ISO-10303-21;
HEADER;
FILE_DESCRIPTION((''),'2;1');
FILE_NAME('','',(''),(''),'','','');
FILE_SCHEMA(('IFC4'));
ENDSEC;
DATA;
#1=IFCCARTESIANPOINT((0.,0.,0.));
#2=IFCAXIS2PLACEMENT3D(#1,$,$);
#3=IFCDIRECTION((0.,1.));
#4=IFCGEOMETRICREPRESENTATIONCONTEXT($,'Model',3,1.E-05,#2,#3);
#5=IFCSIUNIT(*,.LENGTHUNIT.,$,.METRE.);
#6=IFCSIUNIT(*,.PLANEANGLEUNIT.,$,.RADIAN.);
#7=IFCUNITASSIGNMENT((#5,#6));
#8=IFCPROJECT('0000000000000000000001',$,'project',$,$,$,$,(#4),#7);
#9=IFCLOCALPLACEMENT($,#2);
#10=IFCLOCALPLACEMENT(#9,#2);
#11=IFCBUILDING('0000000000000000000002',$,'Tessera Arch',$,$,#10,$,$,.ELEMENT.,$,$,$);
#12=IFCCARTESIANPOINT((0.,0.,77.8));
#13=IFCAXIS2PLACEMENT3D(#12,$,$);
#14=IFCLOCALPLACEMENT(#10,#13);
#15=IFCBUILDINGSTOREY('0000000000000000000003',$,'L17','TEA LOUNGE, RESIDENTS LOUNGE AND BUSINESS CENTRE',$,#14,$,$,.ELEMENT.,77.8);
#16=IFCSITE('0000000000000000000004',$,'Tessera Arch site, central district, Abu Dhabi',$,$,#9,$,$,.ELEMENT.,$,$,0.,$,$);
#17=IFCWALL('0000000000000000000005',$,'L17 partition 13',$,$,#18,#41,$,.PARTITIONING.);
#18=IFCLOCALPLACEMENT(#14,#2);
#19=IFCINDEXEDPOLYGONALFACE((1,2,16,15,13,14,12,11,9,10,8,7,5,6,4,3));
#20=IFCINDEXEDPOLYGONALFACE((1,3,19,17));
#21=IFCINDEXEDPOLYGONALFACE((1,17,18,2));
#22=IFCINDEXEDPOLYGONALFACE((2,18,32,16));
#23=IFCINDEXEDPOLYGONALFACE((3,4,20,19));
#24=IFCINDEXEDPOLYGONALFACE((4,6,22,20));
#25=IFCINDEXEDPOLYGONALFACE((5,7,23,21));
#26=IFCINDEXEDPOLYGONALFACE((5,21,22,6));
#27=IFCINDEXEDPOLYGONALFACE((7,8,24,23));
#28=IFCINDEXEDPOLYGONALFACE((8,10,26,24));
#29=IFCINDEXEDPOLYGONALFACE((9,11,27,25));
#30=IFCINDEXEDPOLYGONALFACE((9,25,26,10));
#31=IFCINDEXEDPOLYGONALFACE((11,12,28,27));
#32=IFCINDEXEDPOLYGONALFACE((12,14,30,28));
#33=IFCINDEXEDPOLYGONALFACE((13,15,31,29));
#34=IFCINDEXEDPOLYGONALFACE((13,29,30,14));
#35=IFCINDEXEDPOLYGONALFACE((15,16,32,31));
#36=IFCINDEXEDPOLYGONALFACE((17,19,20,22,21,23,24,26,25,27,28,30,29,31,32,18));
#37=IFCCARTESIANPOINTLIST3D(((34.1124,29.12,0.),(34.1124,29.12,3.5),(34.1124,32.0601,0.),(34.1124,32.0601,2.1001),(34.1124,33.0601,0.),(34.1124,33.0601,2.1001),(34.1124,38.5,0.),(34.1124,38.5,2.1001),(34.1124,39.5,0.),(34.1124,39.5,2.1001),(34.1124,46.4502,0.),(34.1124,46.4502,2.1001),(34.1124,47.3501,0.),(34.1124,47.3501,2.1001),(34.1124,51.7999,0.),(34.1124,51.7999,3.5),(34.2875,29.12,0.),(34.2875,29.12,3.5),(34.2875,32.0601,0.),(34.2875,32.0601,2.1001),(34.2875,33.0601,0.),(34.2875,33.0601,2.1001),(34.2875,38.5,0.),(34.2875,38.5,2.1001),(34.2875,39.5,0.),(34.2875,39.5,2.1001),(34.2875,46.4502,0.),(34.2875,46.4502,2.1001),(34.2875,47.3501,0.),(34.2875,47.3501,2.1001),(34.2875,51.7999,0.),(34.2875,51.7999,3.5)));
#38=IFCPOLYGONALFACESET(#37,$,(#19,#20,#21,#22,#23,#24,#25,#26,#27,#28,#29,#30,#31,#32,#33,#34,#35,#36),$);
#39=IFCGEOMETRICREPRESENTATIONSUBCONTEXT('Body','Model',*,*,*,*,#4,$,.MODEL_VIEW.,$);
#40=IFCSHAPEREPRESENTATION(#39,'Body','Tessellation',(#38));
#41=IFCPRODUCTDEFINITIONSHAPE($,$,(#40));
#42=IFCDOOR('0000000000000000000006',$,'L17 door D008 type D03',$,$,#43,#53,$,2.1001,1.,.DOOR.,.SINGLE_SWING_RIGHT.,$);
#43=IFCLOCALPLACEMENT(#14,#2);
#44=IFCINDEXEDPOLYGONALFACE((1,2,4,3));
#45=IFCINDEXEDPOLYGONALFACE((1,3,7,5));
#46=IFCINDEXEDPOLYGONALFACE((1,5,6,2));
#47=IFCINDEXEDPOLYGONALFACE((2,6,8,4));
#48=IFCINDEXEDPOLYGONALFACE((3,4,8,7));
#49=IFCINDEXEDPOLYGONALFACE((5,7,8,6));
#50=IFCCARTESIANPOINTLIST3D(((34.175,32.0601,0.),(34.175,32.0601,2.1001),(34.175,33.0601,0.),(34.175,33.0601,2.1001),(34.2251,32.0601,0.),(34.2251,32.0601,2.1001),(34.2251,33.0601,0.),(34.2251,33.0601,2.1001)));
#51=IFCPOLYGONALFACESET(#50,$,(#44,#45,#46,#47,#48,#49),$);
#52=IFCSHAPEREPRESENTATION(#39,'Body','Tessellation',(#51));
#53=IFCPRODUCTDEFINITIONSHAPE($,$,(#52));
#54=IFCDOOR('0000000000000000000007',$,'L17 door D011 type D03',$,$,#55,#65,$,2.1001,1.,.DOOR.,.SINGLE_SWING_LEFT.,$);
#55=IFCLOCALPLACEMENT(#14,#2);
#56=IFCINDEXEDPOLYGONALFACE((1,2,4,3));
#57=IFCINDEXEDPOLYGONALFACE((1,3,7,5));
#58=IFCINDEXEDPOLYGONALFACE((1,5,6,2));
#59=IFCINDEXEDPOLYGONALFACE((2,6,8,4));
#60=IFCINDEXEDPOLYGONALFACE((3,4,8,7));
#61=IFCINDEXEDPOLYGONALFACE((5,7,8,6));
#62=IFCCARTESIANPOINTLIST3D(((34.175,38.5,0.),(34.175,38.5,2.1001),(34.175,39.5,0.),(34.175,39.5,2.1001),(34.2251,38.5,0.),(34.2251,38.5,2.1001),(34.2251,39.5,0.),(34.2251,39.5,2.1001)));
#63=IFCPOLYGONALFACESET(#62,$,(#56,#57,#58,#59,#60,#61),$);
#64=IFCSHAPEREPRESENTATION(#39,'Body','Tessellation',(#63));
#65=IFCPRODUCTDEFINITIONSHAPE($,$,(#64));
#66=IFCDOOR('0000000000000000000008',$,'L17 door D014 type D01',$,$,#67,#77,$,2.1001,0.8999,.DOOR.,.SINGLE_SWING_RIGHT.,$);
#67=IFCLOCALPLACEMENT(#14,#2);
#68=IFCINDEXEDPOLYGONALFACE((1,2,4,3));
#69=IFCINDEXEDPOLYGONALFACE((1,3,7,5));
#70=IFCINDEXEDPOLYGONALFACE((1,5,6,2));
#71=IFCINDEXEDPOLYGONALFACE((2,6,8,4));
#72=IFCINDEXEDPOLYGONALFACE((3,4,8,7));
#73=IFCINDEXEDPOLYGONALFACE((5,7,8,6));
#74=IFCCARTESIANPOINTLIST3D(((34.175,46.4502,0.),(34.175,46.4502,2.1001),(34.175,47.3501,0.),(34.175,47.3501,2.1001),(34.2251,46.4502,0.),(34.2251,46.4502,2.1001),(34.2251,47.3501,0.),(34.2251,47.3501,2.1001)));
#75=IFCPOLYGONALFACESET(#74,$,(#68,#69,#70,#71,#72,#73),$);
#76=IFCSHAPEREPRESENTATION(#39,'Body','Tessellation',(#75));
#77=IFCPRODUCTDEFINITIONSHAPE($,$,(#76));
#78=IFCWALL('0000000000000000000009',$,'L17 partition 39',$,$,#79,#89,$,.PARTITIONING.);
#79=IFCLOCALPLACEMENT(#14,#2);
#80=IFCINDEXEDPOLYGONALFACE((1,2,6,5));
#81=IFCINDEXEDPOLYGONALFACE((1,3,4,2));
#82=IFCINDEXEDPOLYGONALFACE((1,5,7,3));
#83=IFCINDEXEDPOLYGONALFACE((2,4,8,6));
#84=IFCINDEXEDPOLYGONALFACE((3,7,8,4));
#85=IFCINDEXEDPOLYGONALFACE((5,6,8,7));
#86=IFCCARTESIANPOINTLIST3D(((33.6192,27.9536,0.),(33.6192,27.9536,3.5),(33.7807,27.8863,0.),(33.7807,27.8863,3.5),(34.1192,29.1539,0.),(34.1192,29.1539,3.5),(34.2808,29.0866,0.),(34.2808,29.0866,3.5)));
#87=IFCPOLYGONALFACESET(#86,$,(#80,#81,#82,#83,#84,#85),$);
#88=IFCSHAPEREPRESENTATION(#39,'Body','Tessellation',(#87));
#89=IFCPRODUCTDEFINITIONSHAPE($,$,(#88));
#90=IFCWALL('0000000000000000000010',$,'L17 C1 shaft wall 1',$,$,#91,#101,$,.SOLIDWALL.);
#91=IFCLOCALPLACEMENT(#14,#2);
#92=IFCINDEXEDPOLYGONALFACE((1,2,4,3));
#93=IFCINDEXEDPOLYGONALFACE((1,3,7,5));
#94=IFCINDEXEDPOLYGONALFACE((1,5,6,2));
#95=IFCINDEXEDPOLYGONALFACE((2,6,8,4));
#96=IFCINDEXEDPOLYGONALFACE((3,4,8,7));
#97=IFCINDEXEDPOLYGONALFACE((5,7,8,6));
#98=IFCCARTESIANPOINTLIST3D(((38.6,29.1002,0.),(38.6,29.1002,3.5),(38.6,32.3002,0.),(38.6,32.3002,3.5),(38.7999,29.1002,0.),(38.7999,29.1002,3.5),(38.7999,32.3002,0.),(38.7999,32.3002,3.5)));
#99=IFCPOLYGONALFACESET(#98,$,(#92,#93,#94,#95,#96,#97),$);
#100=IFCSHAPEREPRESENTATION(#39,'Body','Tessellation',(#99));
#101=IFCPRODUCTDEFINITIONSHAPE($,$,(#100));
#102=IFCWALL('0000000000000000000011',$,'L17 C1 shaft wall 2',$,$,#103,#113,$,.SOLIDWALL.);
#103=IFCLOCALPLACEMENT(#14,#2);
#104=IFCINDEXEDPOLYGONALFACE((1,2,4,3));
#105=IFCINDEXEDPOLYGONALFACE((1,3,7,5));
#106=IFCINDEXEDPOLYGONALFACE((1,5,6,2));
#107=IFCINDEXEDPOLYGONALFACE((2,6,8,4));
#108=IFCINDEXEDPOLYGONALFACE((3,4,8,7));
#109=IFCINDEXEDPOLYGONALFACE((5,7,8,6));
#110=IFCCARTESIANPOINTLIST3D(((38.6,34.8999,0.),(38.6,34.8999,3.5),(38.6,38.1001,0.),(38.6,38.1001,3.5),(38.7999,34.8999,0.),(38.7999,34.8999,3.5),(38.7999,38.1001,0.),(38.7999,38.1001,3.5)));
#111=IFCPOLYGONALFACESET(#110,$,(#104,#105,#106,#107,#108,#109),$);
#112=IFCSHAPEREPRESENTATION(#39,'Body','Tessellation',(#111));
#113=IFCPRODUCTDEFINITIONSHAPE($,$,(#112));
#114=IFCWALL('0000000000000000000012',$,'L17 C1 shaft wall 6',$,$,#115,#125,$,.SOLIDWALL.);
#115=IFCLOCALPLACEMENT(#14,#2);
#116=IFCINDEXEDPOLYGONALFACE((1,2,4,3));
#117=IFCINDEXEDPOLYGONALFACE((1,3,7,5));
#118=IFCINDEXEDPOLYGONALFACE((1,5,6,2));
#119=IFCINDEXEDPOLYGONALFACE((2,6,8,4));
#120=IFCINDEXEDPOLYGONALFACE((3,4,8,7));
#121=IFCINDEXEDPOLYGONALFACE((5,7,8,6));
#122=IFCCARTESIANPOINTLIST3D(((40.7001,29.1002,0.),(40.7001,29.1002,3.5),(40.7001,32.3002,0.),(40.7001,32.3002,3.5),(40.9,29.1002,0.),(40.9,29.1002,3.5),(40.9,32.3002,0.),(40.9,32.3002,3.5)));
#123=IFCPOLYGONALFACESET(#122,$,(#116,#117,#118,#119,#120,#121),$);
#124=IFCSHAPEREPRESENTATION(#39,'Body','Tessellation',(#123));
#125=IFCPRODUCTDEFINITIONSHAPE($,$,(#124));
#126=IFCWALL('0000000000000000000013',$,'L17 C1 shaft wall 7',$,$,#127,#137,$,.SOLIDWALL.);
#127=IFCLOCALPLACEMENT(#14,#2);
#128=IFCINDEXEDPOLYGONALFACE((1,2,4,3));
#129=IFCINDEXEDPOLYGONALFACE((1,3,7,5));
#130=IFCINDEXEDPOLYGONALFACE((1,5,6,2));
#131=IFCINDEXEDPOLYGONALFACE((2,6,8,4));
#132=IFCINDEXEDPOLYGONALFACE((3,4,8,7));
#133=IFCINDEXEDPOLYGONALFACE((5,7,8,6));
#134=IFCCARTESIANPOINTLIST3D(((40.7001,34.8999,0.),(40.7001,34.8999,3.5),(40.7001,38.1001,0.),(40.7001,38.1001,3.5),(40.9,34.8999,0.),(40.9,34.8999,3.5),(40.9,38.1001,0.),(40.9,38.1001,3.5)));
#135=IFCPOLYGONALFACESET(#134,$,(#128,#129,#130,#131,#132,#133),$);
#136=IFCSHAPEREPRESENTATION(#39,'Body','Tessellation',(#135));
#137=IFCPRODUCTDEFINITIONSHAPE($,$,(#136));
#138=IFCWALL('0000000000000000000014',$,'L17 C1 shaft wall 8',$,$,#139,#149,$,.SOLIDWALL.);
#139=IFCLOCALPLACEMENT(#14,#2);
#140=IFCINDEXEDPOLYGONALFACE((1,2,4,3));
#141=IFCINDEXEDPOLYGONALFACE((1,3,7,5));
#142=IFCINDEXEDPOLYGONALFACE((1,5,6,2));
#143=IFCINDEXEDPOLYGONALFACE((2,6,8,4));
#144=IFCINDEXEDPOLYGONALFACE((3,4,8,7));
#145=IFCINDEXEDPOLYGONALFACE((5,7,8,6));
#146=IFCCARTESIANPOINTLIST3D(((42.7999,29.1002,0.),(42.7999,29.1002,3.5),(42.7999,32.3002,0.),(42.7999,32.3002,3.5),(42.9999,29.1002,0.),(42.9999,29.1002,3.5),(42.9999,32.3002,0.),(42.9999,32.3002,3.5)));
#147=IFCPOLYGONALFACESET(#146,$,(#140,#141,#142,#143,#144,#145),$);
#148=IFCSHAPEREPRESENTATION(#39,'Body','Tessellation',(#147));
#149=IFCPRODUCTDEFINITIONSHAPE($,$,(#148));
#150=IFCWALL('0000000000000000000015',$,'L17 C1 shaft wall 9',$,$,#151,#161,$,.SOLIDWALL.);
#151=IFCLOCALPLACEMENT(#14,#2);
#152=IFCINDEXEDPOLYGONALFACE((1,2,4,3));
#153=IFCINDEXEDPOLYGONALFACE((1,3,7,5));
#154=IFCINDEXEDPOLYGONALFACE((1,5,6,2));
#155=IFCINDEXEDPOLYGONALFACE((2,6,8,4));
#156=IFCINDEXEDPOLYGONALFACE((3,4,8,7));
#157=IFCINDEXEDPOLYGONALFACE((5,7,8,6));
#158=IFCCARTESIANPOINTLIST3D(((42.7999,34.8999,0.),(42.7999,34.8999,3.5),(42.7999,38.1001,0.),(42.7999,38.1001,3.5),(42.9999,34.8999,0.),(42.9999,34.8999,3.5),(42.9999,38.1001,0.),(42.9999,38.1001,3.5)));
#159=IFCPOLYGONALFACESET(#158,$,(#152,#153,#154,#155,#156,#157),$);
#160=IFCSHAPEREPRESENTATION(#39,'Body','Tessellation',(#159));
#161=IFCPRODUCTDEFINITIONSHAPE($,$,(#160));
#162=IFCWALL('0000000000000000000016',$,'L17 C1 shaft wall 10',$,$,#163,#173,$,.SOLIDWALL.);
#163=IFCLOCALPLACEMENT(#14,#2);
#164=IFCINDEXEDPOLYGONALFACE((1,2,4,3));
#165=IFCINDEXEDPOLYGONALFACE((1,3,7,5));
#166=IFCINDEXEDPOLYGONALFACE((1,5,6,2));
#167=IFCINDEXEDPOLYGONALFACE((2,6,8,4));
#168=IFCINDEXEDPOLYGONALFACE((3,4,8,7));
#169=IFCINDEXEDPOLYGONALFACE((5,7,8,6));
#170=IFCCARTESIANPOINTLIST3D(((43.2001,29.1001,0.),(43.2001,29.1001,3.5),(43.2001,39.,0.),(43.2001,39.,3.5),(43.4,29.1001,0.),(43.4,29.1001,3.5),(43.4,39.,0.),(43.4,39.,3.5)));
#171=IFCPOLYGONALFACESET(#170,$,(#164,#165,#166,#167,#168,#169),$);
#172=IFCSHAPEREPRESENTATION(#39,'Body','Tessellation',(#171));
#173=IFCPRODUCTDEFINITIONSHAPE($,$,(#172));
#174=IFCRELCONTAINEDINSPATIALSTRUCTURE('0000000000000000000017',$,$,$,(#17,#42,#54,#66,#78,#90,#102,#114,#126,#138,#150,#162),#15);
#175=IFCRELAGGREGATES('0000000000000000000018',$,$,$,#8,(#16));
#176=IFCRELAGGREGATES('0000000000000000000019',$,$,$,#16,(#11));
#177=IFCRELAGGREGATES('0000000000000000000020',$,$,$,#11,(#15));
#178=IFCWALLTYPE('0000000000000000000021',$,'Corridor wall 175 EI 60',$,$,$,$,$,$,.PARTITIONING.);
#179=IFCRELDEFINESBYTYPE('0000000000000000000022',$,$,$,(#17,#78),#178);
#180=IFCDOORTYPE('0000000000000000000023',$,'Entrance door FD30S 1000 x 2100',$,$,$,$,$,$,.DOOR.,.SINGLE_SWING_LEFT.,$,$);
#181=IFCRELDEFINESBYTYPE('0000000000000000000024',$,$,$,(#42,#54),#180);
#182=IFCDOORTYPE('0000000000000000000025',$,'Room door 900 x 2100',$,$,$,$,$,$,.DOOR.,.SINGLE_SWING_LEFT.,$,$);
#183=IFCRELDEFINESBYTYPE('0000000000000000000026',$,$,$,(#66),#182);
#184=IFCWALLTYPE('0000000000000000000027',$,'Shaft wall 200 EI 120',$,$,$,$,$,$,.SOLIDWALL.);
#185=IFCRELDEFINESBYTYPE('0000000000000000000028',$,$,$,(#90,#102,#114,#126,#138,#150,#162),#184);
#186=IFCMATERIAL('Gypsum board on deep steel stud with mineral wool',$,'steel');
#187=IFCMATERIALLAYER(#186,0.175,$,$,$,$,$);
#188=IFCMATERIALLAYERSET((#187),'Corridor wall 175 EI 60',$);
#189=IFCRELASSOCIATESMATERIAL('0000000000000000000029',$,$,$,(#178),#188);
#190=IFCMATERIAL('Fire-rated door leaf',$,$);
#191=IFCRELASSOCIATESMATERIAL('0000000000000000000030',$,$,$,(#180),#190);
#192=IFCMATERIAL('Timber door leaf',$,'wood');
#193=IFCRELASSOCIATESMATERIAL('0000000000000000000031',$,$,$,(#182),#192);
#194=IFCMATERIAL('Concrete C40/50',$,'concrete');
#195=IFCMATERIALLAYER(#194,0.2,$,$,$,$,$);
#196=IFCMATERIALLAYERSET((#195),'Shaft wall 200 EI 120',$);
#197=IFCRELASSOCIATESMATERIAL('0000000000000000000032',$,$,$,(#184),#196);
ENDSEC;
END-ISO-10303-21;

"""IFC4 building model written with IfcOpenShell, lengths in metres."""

from ifc_helpers import new_model, si_unit, direction, frame, frame_2d, origin, place, context, subcontext, project, spatial, rectangle, extrude, material, layer, layer_set, type_object, element, fill, save


model = new_model("IFC4")

# Units and contexts
model_context = context("Model", 3, precision=1e-05, world=origin(), true_north=direction((0.0, 1.0)))
body_context = subcontext(model_context, "Body", "Model", "MODEL_VIEW")
ifc_project = project(units=[si_unit("LENGTHUNIT", "METRE"), si_unit("PLANEANGLEUNIT", "RADIAN")], contexts=[model_context])

# Site, building, storey
site_placement = place(None, origin())
site = spatial("IfcSite", under=ifc_project, at=site_placement, Name="Tessera Arch site, central district, Abu Dhabi", CompositionType="ELEMENT", RefElevation=0.0)
building_placement = place(site_placement, origin())
building = spatial("IfcBuilding", under=site, at=building_placement, Name="Tessera Arch", CompositionType="ELEMENT")
storey_placement = place(building_placement, frame((0.0, 0.0, 77.8)))
storey = spatial("IfcBuildingStorey", under=building, at=storey_placement, Name="L17", Description="TEA LOUNGE, RESIDENTS LOUNGE AND BUSINESS CENTRE", CompositionType="ELEMENT", Elevation=77.8)

# Wall, openings, doors
ifc_material_1 = material(Name="Gypsum board on deep steel stud with mineral wool", Category="steel")
ifc_layer_1 = layer(ifc_material_1, 0.175)
ifc_layer_set_1 = layer_set([ifc_layer_1], Name="Corridor wall 175 EI 60")
wall_type_1 = type_object("IfcWallType", Name="Corridor wall 175 EI 60", PredefinedType="PARTITIONING", material=ifc_layer_set_1)
wall_1_placement = place(storey_placement, frame((34.2, 29.1201, 0.0), z_axis=(0.0, 0.0, 1.0), x_axis=(0.0, 1.0, 0.0)))
wall_1 = element("IfcWall", 1, at=wall_1_placement, inside=storey, type_object=wall_type_1, Name="L17 partition 13", PredefinedType="PARTITIONING", context=body_context, shape_type="SweptSolid", body=[
    extrude(rectangle(XDim=22.6799, YDim=0.175, at=frame_2d((11.3398, 0.0))), origin(), (0.0, 0.0, 1.0), 3.5),
])
opening_1_placement = place(wall_1_placement, frame((2.9399, 0.0, 0.0)))
opening_1 = element("IfcOpeningElement", 2, at=opening_1_placement, cuts=wall_1, PredefinedType="OPENING", context=body_context, shape_type="SweptSolid", body=[
    extrude(rectangle(XDim=1.0, YDim=2.1001, at=frame_2d((0.5, 1.05))), frame((0.0, 0.0974, 0.0), z_axis=(0.0, -1.0, 0.0), x_axis=(1.0, 0.0, 0.0)), (0.0, 0.0, 1.0), 0.1951),
])
opening_2_placement = place(wall_1_placement, frame((9.3799, 0.0, 0.0)))
opening_2 = element("IfcOpeningElement", 3, at=opening_2_placement, cuts=wall_1, PredefinedType="OPENING", context=body_context, shape_type="SweptSolid", body=[
    extrude(rectangle(XDim=1.0, YDim=2.1001, at=frame_2d((0.5, 1.05))), frame((0.0, 0.0974, 0.0), z_axis=(0.0, -1.0, 0.0), x_axis=(1.0, 0.0, 0.0)), (0.0, 0.0, 1.0), 0.1951),
])
opening_3_placement = place(wall_1_placement, frame((17.3301, 0.0, 0.0)))
opening_3 = element("IfcOpeningElement", 4, at=opening_3_placement, cuts=wall_1, PredefinedType="OPENING", context=body_context, shape_type="SweptSolid", body=[
    extrude(rectangle(XDim=0.8999, YDim=2.1001, at=frame_2d((0.45, 1.05))), frame((0.0, 0.0974, 0.0), z_axis=(0.0, -1.0, 0.0), x_axis=(1.0, 0.0, 0.0)), (0.0, 0.0, 1.0), 0.1951),
])
ifc_material_2 = material(Name="Fire-rated door leaf")
door_type_1 = type_object("IfcDoorType", Name="Entrance door FD30S 1000 x 2100", OperationType="SINGLE_SWING_LEFT", PredefinedType="DOOR", material=ifc_material_2)
door_1_placement = place(opening_1_placement, origin())
door_1 = element("IfcDoor", 5, at=door_1_placement, inside=storey, type_object=door_type_1, Name="L17 door D008 type D03", OperationType="SINGLE_SWING_RIGHT", OverallHeight=2.1001, OverallWidth=1.0, PredefinedType="DOOR", context=body_context, shape_type="SweptSolid", body=[
    extrude(rectangle(XDim=1.0, YDim=2.1001, at=frame_2d((0.5, 1.05))), frame((0.0, 0.0249, 0.0), z_axis=(0.0, -1.0, 0.0), x_axis=(1.0, 0.0, 0.0)), (0.0, 0.0, 1.0), 0.05),
])
fill(opening_1, door_1)
door_2_placement = place(opening_2_placement, origin())
door_2 = element("IfcDoor", 6, at=door_2_placement, inside=storey, type_object=door_type_1, Name="L17 door D011 type D03", OperationType="SINGLE_SWING_LEFT", OverallHeight=2.1001, OverallWidth=1.0, PredefinedType="DOOR", context=body_context, shape_type="SweptSolid", body=[
    extrude(rectangle(XDim=1.0, YDim=2.1001, at=frame_2d((0.5, 1.05))), frame((0.0, 0.0249, 0.0), z_axis=(0.0, -1.0, 0.0), x_axis=(1.0, 0.0, 0.0)), (0.0, 0.0, 1.0), 0.05),
])
fill(opening_2, door_2)
ifc_material_3 = material(Name="Timber door leaf", Category="wood")
door_type_2 = type_object("IfcDoorType", Name="Room door 900 x 2100", OperationType="SINGLE_SWING_LEFT", PredefinedType="DOOR", material=ifc_material_3)
door_3_placement = place(opening_3_placement, origin())
door_3 = element("IfcDoor", 7, at=door_3_placement, inside=storey, type_object=door_type_2, Name="L17 door D014 type D01", OperationType="SINGLE_SWING_RIGHT", OverallHeight=2.1001, OverallWidth=0.8999, PredefinedType="DOOR", context=body_context, shape_type="SweptSolid", body=[
    extrude(rectangle(XDim=0.8999, YDim=2.1001, at=frame_2d((0.45, 1.05))), frame((0.0, 0.0249, 0.0), z_axis=(0.0, -1.0, 0.0), x_axis=(1.0, 0.0, 0.0)), (0.0, 0.0, 1.0), 0.05),
])
fill(opening_3, door_3)

# Walls
wall_2_placement = place(storey_placement, frame((33.7, 27.9199, 0.0), z_axis=(0.0, 0.0, 1.0), x_axis=(0.384562, 0.923099, 0.0)))
element("IfcWall", 8, at=wall_2_placement, inside=storey, type_object=wall_type_1, Name="L17 partition 39", PredefinedType="PARTITIONING", context=body_context, shape_type="SweptSolid", body=[
    extrude(rectangle(XDim=1.3003, YDim=0.175, at=frame_2d((0.6501, 0.0))), origin(), (0.0, 0.0, 1.0), 3.5),
])
ifc_material_4 = material(Name="Concrete C40/50", Category="concrete")
ifc_layer_2 = layer(ifc_material_4, 0.2)
ifc_layer_set_2 = layer_set([ifc_layer_2], Name="Shaft wall 200 EI 120")
wall_type_2 = type_object("IfcWallType", Name="Shaft wall 200 EI 120", PredefinedType="SOLIDWALL", material=ifc_layer_set_2)
wall_3_placement = place(storey_placement, frame((38.7, 29.1001, 0.0), z_axis=(0.0, 0.0, 1.0), x_axis=(0.0, 1.0, 0.0)))
element("IfcWall", 9, at=wall_3_placement, inside=storey, type_object=wall_type_2, Name="L17 C1 shaft wall 1", PredefinedType="SOLIDWALL", context=body_context, shape_type="SweptSolid", body=[
    extrude(rectangle(XDim=3.2, YDim=0.2, at=frame_2d((1.6001, 0.0))), origin(), (0.0, 0.0, 1.0), 3.5),
])
wall_4_placement = place(storey_placement, frame((38.7, 34.8999, 0.0), z_axis=(0.0, 0.0, 1.0), x_axis=(0.0, 1.0, 0.0)))
element("IfcWall", 10, at=wall_4_placement, inside=storey, type_object=wall_type_2, Name="L17 C1 shaft wall 2", PredefinedType="SOLIDWALL", context=body_context, shape_type="SweptSolid", body=[
    extrude(rectangle(XDim=3.2002, YDim=0.2, at=frame_2d((1.6001, 0.0))), origin(), (0.0, 0.0, 1.0), 3.5),
])
wall_5_placement = place(storey_placement, frame((40.8, 29.1001, 0.0), z_axis=(0.0, 0.0, 1.0), x_axis=(0.0, 1.0, 0.0)))
element("IfcWall", 11, at=wall_5_placement, inside=storey, type_object=wall_type_2, Name="L17 C1 shaft wall 6", PredefinedType="SOLIDWALL", context=body_context, shape_type="SweptSolid", body=[
    extrude(rectangle(XDim=3.2, YDim=0.2, at=frame_2d((1.6001, 0.0))), origin(), (0.0, 0.0, 1.0), 3.5),
])
wall_6_placement = place(storey_placement, frame((40.8, 34.8999, 0.0), z_axis=(0.0, 0.0, 1.0), x_axis=(0.0, 1.0, 0.0)))
element("IfcWall", 12, at=wall_6_placement, inside=storey, type_object=wall_type_2, Name="L17 C1 shaft wall 7", PredefinedType="SOLIDWALL", context=body_context, shape_type="SweptSolid", body=[
    extrude(rectangle(XDim=3.2002, YDim=0.2, at=frame_2d((1.6001, 0.0))), origin(), (0.0, 0.0, 1.0), 3.5),
])
wall_7_placement = place(storey_placement, frame((42.8999, 29.1001, 0.0), z_axis=(0.0, 0.0, 1.0), x_axis=(0.0, 1.0, 0.0)))
element("IfcWall", 13, at=wall_7_placement, inside=storey, type_object=wall_type_2, Name="L17 C1 shaft wall 8", PredefinedType="SOLIDWALL", context=body_context, shape_type="SweptSolid", body=[
    extrude(rectangle(XDim=3.2, YDim=0.2, at=frame_2d((1.6001, 0.0))), origin(), (0.0, 0.0, 1.0), 3.5),
])
wall_8_placement = place(storey_placement, frame((42.8999, 34.8999, 0.0), z_axis=(0.0, 0.0, 1.0), x_axis=(0.0, 1.0, 0.0)))
element("IfcWall", 14, at=wall_8_placement, inside=storey, type_object=wall_type_2, Name="L17 C1 shaft wall 9", PredefinedType="SOLIDWALL", context=body_context, shape_type="SweptSolid", body=[
    extrude(rectangle(XDim=3.2002, YDim=0.2, at=frame_2d((1.6001, 0.0))), origin(), (0.0, 0.0, 1.0), 3.5),
])
wall_9_placement = place(storey_placement, frame((43.3, 29.1001, 0.0), z_axis=(0.0, 0.0, 1.0), x_axis=(0.0, 1.0, 0.0)))
element("IfcWall", 15, at=wall_9_placement, inside=storey, type_object=wall_type_2, Name="L17 C1 shaft wall 10", PredefinedType="SOLIDWALL", context=body_context, shape_type="SweptSolid", body=[
    extrude(rectangle(XDim=9.8999, YDim=0.2, at=frame_2d((4.95, 0.0))), origin(), (0.0, 0.0, 1.0), 3.5),
])

save(model, "model.ifc")
